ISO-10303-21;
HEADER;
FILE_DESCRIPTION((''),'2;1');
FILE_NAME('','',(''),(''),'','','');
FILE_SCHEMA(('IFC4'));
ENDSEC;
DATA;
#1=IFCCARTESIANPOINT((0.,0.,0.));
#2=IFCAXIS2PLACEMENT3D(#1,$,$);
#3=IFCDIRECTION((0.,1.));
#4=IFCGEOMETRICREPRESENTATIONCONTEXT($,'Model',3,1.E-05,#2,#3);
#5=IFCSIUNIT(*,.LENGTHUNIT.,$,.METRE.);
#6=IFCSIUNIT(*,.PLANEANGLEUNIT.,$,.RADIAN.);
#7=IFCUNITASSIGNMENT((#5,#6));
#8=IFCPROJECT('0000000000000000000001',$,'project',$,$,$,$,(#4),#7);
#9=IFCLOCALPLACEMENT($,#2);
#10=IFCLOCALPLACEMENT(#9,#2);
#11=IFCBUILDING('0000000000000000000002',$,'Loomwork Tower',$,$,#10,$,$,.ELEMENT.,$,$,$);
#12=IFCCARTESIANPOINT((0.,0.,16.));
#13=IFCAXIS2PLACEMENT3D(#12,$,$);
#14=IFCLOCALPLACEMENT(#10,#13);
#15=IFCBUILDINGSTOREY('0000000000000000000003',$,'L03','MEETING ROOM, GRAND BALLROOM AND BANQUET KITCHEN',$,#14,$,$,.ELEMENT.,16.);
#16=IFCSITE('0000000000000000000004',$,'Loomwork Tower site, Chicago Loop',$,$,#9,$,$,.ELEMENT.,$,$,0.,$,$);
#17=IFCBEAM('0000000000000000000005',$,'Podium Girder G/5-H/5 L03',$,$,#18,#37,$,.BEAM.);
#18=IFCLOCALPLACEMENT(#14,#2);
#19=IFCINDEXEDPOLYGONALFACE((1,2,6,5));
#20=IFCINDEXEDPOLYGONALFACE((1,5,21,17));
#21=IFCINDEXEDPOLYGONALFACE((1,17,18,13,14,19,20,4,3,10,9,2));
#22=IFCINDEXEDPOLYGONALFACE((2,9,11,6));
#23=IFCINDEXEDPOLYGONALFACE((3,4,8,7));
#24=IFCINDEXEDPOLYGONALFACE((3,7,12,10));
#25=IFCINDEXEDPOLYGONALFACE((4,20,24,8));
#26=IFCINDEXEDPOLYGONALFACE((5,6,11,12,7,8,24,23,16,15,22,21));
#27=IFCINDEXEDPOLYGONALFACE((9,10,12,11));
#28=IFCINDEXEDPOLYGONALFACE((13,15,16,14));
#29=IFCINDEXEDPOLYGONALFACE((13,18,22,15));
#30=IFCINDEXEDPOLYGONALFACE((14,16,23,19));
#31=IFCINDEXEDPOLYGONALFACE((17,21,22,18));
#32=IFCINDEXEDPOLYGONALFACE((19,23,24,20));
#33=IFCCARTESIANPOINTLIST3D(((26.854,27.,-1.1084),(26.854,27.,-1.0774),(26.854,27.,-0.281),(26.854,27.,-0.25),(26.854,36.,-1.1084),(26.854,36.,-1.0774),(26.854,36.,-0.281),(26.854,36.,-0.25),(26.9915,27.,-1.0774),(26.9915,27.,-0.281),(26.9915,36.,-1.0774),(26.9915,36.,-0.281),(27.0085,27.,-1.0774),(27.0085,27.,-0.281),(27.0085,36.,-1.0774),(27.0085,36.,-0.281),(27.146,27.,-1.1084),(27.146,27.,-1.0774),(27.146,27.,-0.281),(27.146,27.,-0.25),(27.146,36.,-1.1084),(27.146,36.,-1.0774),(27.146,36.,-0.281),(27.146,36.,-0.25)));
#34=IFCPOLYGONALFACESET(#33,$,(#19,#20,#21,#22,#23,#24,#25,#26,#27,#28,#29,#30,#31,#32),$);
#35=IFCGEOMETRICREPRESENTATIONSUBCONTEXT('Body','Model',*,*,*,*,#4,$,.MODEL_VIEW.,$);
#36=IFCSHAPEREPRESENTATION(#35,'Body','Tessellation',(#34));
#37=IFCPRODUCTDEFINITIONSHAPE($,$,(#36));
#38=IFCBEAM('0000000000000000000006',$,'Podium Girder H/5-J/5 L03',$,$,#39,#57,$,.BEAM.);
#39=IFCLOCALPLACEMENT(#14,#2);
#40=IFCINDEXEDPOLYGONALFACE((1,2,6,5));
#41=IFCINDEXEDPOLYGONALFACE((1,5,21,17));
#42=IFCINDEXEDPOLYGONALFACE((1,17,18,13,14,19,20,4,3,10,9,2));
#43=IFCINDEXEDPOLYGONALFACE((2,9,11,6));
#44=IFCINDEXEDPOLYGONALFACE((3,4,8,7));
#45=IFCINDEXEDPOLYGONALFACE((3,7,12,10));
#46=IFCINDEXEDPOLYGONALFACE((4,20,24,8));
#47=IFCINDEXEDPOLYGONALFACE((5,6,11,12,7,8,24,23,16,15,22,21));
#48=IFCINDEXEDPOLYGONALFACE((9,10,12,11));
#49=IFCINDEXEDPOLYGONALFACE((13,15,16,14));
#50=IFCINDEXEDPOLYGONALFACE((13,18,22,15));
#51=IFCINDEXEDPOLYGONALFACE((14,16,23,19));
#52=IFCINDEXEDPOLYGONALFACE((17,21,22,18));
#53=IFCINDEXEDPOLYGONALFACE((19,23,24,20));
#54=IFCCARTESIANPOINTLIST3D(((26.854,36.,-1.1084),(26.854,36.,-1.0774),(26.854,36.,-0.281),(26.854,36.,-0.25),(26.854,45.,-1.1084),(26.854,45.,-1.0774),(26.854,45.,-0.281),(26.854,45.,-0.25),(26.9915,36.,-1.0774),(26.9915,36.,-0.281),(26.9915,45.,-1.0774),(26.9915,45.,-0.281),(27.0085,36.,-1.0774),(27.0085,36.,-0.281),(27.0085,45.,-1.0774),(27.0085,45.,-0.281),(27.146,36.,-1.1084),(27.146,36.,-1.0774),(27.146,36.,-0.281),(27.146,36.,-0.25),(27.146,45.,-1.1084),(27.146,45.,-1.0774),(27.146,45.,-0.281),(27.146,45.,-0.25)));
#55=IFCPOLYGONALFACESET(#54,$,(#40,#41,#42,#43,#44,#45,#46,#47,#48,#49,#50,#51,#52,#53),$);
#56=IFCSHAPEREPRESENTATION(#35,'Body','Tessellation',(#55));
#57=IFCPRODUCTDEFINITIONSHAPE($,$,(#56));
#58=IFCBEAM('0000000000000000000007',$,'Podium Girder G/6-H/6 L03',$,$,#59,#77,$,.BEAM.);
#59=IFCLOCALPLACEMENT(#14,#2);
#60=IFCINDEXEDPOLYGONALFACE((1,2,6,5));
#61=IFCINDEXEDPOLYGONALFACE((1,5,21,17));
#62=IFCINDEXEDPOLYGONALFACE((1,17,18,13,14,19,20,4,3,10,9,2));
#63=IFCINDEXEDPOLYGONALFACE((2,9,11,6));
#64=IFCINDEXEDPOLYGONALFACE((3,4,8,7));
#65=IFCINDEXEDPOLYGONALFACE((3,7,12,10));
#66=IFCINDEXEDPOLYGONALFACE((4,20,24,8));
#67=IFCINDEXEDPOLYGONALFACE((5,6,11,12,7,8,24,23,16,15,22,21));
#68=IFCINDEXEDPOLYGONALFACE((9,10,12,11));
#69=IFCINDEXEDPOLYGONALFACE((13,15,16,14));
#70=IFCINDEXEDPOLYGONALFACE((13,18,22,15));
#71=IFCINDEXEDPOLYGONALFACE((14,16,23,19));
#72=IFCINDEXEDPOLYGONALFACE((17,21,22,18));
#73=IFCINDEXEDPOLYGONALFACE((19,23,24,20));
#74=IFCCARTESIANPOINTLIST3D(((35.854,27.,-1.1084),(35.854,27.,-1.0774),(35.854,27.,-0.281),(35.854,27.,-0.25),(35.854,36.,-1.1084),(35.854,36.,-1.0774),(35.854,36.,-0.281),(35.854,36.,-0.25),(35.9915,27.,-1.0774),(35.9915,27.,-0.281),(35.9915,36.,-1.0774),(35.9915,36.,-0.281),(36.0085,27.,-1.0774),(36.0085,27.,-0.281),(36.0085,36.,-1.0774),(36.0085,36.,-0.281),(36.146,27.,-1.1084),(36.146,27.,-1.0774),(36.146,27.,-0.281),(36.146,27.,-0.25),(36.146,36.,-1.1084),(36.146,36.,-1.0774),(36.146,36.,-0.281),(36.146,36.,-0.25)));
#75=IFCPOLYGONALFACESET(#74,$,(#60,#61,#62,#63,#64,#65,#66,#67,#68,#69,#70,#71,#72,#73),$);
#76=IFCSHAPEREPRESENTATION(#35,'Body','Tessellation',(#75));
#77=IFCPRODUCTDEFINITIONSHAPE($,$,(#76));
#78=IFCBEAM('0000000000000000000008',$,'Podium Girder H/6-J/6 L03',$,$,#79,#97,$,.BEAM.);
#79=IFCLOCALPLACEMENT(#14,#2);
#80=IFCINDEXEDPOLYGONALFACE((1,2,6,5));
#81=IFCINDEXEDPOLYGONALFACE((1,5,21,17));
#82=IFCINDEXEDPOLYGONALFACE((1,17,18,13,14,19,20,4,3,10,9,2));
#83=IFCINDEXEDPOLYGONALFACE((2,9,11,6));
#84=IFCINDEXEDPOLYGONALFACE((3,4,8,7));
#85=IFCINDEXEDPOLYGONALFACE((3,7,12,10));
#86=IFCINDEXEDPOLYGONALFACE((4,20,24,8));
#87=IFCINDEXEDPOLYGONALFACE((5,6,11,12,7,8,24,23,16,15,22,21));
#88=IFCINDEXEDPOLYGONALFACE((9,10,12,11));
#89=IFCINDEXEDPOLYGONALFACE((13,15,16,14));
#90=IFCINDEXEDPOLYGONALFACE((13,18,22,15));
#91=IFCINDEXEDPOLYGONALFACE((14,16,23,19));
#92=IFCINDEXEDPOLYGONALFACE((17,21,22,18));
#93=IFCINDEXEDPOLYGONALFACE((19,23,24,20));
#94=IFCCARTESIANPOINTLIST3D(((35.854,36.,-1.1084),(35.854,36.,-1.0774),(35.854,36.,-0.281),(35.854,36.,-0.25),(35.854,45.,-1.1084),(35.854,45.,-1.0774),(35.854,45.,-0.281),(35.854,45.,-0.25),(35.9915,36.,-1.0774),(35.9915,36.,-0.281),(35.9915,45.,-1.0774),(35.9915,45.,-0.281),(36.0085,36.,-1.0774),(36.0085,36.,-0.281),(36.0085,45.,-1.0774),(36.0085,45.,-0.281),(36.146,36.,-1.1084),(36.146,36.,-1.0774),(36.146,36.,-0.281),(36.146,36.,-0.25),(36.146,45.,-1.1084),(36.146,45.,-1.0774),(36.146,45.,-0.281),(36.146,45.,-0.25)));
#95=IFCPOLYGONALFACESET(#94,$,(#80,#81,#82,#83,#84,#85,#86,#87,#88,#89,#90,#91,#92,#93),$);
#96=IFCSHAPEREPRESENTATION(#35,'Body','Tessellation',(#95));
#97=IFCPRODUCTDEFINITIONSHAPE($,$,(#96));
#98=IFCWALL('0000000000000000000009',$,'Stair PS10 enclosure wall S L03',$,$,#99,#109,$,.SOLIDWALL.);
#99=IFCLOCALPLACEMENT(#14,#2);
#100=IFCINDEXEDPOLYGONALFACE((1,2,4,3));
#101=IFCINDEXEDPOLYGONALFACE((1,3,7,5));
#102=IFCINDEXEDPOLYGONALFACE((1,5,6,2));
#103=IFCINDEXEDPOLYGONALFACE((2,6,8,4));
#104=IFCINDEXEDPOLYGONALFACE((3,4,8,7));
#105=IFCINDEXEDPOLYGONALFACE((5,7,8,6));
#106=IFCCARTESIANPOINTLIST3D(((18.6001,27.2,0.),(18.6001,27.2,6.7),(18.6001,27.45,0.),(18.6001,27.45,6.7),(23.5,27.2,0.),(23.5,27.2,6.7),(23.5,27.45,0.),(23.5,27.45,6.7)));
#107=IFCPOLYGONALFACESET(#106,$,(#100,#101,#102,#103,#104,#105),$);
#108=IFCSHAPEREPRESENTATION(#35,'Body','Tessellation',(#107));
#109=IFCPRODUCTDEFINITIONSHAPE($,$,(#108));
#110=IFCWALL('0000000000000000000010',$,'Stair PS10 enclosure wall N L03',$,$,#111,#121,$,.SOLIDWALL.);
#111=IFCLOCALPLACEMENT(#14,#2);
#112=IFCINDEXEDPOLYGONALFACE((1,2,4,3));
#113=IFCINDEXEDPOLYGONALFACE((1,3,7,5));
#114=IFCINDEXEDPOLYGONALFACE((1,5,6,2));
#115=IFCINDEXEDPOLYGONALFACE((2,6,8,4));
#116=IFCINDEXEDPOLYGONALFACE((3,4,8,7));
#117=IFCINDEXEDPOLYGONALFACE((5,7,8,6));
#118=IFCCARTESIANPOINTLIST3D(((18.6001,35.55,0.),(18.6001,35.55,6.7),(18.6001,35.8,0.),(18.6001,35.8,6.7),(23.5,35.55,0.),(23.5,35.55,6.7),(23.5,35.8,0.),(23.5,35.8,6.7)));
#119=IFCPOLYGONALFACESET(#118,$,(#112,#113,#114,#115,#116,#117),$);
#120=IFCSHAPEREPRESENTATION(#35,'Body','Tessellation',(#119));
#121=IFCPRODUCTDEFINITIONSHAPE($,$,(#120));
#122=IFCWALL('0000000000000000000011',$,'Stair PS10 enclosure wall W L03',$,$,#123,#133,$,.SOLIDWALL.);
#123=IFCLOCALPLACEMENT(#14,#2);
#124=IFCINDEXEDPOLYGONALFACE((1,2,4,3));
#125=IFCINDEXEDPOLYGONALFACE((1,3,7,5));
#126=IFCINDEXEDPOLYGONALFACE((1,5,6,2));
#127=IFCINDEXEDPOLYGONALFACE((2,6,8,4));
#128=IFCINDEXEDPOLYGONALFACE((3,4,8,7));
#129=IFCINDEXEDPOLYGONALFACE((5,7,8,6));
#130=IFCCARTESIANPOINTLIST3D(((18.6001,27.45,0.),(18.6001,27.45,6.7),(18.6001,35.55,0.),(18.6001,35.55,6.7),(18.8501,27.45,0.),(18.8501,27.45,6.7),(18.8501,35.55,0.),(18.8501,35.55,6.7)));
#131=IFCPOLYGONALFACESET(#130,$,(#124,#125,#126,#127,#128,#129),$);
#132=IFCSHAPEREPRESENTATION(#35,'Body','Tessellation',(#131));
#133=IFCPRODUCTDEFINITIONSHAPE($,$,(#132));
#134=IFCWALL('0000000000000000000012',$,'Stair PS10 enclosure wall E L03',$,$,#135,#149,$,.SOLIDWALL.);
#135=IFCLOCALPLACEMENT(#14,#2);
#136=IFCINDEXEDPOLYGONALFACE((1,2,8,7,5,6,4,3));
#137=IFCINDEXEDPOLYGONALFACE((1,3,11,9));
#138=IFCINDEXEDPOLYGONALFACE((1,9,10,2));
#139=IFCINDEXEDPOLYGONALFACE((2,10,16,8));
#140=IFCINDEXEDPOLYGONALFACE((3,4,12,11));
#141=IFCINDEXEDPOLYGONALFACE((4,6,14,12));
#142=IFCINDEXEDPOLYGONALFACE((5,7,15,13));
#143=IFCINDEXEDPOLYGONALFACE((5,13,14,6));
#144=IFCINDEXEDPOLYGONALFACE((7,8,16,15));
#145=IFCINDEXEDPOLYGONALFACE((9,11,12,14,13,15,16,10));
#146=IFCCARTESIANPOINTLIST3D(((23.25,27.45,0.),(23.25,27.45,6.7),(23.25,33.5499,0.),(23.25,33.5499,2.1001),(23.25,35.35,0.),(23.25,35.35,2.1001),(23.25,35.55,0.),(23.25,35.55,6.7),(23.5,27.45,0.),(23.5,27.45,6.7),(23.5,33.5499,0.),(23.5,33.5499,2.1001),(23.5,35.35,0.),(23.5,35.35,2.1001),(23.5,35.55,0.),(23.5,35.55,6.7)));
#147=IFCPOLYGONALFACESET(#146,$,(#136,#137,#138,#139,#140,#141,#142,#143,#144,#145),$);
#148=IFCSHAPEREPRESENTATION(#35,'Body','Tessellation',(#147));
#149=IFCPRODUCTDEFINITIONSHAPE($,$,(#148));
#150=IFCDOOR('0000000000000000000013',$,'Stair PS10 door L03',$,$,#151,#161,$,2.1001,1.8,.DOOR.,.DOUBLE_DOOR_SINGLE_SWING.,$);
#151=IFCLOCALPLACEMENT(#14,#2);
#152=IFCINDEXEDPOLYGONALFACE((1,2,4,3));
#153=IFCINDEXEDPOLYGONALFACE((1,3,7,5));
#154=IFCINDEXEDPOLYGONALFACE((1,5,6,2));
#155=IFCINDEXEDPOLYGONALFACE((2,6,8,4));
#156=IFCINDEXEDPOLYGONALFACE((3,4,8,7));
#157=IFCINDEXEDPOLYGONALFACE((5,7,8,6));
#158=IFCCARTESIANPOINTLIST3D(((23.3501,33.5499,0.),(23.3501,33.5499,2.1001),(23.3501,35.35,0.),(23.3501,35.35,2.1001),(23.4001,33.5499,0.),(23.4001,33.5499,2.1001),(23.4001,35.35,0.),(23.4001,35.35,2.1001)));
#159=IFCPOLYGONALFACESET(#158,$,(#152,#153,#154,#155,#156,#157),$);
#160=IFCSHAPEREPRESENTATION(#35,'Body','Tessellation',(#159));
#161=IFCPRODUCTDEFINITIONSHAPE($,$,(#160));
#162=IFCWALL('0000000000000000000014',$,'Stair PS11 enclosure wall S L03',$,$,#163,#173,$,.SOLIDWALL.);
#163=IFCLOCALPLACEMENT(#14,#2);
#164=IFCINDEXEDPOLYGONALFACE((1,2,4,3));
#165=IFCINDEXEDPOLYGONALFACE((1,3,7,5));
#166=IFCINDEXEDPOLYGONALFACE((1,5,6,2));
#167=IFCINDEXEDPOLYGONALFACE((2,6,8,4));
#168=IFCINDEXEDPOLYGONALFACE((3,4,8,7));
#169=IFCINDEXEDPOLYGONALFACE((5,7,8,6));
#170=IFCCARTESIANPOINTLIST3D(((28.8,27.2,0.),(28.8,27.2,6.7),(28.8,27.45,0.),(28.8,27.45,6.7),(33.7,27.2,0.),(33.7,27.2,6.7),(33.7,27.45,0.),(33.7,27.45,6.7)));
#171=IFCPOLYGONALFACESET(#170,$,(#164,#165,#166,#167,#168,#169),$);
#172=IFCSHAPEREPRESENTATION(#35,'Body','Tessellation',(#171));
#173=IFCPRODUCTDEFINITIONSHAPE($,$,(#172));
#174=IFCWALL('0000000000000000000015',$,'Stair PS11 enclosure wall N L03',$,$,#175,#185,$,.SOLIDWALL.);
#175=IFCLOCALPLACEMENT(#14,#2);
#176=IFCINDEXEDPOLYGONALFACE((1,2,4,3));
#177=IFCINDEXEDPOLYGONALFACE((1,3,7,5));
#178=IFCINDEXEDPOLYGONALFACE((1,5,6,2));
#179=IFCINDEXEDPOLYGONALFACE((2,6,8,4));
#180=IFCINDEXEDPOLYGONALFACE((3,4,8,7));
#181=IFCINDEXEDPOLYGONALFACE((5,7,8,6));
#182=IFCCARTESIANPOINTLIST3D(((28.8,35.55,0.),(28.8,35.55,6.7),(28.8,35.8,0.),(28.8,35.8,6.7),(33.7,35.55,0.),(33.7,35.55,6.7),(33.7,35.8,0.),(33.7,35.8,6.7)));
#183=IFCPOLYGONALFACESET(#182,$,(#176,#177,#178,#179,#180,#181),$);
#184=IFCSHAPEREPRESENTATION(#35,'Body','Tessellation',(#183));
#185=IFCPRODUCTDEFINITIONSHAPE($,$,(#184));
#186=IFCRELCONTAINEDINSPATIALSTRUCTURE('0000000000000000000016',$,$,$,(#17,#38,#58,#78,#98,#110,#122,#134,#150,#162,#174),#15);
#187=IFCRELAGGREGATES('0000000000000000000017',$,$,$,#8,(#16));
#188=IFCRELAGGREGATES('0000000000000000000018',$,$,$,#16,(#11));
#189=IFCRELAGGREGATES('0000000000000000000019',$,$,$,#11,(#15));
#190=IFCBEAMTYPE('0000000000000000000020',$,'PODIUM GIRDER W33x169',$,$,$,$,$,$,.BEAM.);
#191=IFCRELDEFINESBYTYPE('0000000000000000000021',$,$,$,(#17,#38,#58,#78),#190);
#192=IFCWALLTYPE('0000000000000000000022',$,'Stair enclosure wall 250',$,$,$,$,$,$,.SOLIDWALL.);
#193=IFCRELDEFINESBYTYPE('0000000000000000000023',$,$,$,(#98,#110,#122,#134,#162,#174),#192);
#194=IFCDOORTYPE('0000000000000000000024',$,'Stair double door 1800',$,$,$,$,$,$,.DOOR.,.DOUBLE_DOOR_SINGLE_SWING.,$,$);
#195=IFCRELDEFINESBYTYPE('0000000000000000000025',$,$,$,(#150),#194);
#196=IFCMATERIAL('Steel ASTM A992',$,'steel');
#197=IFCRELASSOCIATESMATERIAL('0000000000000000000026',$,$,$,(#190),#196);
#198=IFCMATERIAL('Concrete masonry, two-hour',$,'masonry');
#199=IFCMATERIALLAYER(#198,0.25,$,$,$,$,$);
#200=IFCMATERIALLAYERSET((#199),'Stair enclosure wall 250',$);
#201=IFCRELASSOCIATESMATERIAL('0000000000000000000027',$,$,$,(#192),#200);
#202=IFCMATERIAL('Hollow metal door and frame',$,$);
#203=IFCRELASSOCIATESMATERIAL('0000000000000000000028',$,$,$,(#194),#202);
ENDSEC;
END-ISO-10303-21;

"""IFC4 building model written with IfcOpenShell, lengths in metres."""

from ifc_helpers import new_model, si_unit, direction, frame, frame_2d, origin, origin_2d, place, context, subcontext, project, spatial, rectangle, i_section, extrude, material, layer, layer_set, material_profile, profile_set, type_object, element, fill, save


model = new_model("IFC4")

# Units and contexts
model_context = context("Model", 3, precision=1e-05, world=origin(), true_north=direction((0.0, 1.0)))
body_context = subcontext(model_context, "Body", "Model", "MODEL_VIEW")
ifc_project = project(units=[si_unit("LENGTHUNIT", "METRE"), si_unit("PLANEANGLEUNIT", "RADIAN")], contexts=[model_context])

# Site, building, storey
site_placement = place(None, origin())
site = spatial("IfcSite", under=ifc_project, at=site_placement, Name="Loomwork Tower site, Chicago Loop", CompositionType="ELEMENT", RefElevation=0.0)
building_placement = place(site_placement, origin())
building = spatial("IfcBuilding", under=site, at=building_placement, Name="Loomwork Tower", CompositionType="ELEMENT")
storey_placement = place(building_placement, frame((0.0, 0.0, 16.0)))
storey = spatial("IfcBuildingStorey", under=building, at=storey_placement, Name="L03", Description="MEETING ROOM, GRAND BALLROOM AND BANQUET KITCHEN", CompositionType="ELEMENT", Elevation=16.0)

# Beams
ifc_material_1 = material(Name="Steel ASTM A992", Category="steel")
ifc_material_profile_1 = material_profile(ifc_material_1, i_section(OverallWidth=0.292, OverallDepth=0.8584, WebThickness=0.0171, FlangeThickness=0.031, at=origin_2d()), Name="W33x169")
ifc_profile_set_1 = profile_set([ifc_material_profile_1], Name="Steel ASTM A992")
beam_type_1 = type_object("IfcBeamType", Name="PODIUM GIRDER W33x169", PredefinedType="BEAM", material=ifc_profile_set_1)
for number, where, z_axis, x_axis, name in (
    (1, (27.0, 27.0, -0.6792), (0.0, 1.0, 0.0), (-1.0, 0.0, 0.0), "Podium Girder G/5-H/5 L03"),
    (2, (27.0, 36.0, -0.6792), (0.0, 1.0, 0.0), (-1.0, 0.0, 0.0), "Podium Girder H/5-J/5 L03"),
    (3, (36.0, 27.0, -0.6792), (0.0, 1.0, 0.0), (-1.0, 0.0, 0.0), "Podium Girder G/6-H/6 L03"),
    (4, (36.0, 36.0, -0.6792), (0.0, 1.0, 0.0), (-1.0, 0.0, 0.0), "Podium Girder H/6-J/6 L03"),
):
    element("IfcBeam", number, at=place(storey_placement, frame(where, z_axis=z_axis, x_axis=x_axis)), inside=storey, type_object=beam_type_1, Name=name, PredefinedType="BEAM", context=body_context, shape_type="SweptSolid", body=[
        extrude(i_section(OverallWidth=0.292, OverallDepth=0.8584, WebThickness=0.0171, FlangeThickness=0.031, at=origin_2d()), origin(), (0.0, 0.0, 1.0), 9.0),
    ])

# Walls
ifc_material_2 = material(Name="Concrete masonry, two-hour", Category="masonry")
ifc_layer_1 = layer(ifc_material_2, 0.25)
ifc_layer_set_1 = layer_set([ifc_layer_1], Name="Stair enclosure wall 250")
wall_type = type_object("IfcWallType", Name="Stair enclosure wall 250", PredefinedType="SOLIDWALL", material=ifc_layer_set_1)
for number, where, z_axis, x_axis, name in (
    (5, (18.6001, 27.325, 0.0), (0.0, 0.0, 1.0), (1.0, 0.0, 0.0), "Stair PS10 enclosure wall S L03"),
    (6, (18.6001, 35.675, 0.0), (0.0, 0.0, 1.0), (1.0, 0.0, 0.0), "Stair PS10 enclosure wall N L03"),
):
    element("IfcWall", number, at=place(storey_placement, frame(where, z_axis=z_axis, x_axis=x_axis)), inside=storey, type_object=wall_type, Name=name, PredefinedType="SOLIDWALL", context=body_context, shape_type="SweptSolid", body=[
        extrude(rectangle(XDim=4.8999, YDim=0.25, at=frame_2d((2.45, 0.0))), origin(), (0.0, 0.0, 1.0), 6.7),
    ])
wall_1_placement = place(storey_placement, frame((18.7251, 27.45, 0.0), z_axis=(0.0, 0.0, 1.0), x_axis=(0.0, 1.0, 0.0)))
element("IfcWall", 7, at=wall_1_placement, inside=storey, type_object=wall_type, Name="Stair PS10 enclosure wall W L03", PredefinedType="SOLIDWALL", context=body_context, shape_type="SweptSolid", body=[
    extrude(rectangle(XDim=8.1001, YDim=0.25, at=frame_2d((4.05, 0.0))), origin(), (0.0, 0.0, 1.0), 6.7),
])

# Wall, opening, door
wall_2_placement = place(storey_placement, frame((23.375, 27.45, 0.0), z_axis=(0.0, 0.0, 1.0), x_axis=(0.0, 1.0, 0.0)))
wall_2 = element("IfcWall", 8, at=wall_2_placement, inside=storey, type_object=wall_type, Name="Stair PS10 enclosure wall E L03", PredefinedType="SOLIDWALL", context=body_context, shape_type="SweptSolid", body=[
    extrude(rectangle(XDim=8.1001, YDim=0.25, at=frame_2d((4.05, 0.0))), origin(), (0.0, 0.0, 1.0), 6.7),
])
opening_1_placement = place(wall_2_placement, frame((6.1001, 0.0, 0.0)))
opening_1 = element("IfcOpeningElement", 9, at=opening_1_placement, cuts=wall_2, PredefinedType="OPENING", context=body_context, shape_type="SweptSolid", body=[
    extrude(rectangle(XDim=1.8, YDim=2.1001, at=frame_2d((0.8999, 1.05))), frame((0.0, 0.135, 0.0), z_axis=(0.0, -1.0, 0.0), x_axis=(1.0, 0.0, 0.0)), (0.0, 0.0, 1.0), 0.27),
])
ifc_material_3 = material(Name="Hollow metal door and frame")
door_type = type_object("IfcDoorType", Name="Stair double door 1800", OperationType="DOUBLE_DOOR_SINGLE_SWING", PredefinedType="DOOR", material=ifc_material_3)
door_1_placement = place(opening_1_placement, origin())
door_1 = element("IfcDoor", 10, at=door_1_placement, inside=storey, type_object=door_type, Name="Stair PS10 door L03", OperationType="DOUBLE_DOOR_SINGLE_SWING", OverallHeight=2.1001, OverallWidth=1.8, PredefinedType="DOOR", context=body_context, shape_type="SweptSolid", body=[
    extrude(rectangle(XDim=1.8, YDim=2.1001, at=frame_2d((0.8999, 1.05))), frame((0.0, 0.0249, 0.0), z_axis=(0.0, -1.0, 0.0), x_axis=(1.0, 0.0, 0.0)), (0.0, 0.0, 1.0), 0.05),
])
fill(opening_1, door_1)

# Walls
for number, where, z_axis, x_axis, name in (
    (11, (28.8, 27.325, 0.0), (0.0, 0.0, 1.0), (1.0, 0.0, 0.0), "Stair PS11 enclosure wall S L03"),
    (12, (28.8, 35.675, 0.0), (0.0, 0.0, 1.0), (1.0, 0.0, 0.0), "Stair PS11 enclosure wall N L03"),
):
    element("IfcWall", number, at=place(storey_placement, frame(where, z_axis=z_axis, x_axis=x_axis)), inside=storey, type_object=wall_type, Name=name, PredefinedType="SOLIDWALL", context=body_context, shape_type="SweptSolid", body=[
        extrude(rectangle(XDim=4.8999, YDim=0.25, at=frame_2d((2.45, 0.0))), origin(), (0.0, 0.0, 1.0), 6.7),
    ])

save(model, "model.ifc")
